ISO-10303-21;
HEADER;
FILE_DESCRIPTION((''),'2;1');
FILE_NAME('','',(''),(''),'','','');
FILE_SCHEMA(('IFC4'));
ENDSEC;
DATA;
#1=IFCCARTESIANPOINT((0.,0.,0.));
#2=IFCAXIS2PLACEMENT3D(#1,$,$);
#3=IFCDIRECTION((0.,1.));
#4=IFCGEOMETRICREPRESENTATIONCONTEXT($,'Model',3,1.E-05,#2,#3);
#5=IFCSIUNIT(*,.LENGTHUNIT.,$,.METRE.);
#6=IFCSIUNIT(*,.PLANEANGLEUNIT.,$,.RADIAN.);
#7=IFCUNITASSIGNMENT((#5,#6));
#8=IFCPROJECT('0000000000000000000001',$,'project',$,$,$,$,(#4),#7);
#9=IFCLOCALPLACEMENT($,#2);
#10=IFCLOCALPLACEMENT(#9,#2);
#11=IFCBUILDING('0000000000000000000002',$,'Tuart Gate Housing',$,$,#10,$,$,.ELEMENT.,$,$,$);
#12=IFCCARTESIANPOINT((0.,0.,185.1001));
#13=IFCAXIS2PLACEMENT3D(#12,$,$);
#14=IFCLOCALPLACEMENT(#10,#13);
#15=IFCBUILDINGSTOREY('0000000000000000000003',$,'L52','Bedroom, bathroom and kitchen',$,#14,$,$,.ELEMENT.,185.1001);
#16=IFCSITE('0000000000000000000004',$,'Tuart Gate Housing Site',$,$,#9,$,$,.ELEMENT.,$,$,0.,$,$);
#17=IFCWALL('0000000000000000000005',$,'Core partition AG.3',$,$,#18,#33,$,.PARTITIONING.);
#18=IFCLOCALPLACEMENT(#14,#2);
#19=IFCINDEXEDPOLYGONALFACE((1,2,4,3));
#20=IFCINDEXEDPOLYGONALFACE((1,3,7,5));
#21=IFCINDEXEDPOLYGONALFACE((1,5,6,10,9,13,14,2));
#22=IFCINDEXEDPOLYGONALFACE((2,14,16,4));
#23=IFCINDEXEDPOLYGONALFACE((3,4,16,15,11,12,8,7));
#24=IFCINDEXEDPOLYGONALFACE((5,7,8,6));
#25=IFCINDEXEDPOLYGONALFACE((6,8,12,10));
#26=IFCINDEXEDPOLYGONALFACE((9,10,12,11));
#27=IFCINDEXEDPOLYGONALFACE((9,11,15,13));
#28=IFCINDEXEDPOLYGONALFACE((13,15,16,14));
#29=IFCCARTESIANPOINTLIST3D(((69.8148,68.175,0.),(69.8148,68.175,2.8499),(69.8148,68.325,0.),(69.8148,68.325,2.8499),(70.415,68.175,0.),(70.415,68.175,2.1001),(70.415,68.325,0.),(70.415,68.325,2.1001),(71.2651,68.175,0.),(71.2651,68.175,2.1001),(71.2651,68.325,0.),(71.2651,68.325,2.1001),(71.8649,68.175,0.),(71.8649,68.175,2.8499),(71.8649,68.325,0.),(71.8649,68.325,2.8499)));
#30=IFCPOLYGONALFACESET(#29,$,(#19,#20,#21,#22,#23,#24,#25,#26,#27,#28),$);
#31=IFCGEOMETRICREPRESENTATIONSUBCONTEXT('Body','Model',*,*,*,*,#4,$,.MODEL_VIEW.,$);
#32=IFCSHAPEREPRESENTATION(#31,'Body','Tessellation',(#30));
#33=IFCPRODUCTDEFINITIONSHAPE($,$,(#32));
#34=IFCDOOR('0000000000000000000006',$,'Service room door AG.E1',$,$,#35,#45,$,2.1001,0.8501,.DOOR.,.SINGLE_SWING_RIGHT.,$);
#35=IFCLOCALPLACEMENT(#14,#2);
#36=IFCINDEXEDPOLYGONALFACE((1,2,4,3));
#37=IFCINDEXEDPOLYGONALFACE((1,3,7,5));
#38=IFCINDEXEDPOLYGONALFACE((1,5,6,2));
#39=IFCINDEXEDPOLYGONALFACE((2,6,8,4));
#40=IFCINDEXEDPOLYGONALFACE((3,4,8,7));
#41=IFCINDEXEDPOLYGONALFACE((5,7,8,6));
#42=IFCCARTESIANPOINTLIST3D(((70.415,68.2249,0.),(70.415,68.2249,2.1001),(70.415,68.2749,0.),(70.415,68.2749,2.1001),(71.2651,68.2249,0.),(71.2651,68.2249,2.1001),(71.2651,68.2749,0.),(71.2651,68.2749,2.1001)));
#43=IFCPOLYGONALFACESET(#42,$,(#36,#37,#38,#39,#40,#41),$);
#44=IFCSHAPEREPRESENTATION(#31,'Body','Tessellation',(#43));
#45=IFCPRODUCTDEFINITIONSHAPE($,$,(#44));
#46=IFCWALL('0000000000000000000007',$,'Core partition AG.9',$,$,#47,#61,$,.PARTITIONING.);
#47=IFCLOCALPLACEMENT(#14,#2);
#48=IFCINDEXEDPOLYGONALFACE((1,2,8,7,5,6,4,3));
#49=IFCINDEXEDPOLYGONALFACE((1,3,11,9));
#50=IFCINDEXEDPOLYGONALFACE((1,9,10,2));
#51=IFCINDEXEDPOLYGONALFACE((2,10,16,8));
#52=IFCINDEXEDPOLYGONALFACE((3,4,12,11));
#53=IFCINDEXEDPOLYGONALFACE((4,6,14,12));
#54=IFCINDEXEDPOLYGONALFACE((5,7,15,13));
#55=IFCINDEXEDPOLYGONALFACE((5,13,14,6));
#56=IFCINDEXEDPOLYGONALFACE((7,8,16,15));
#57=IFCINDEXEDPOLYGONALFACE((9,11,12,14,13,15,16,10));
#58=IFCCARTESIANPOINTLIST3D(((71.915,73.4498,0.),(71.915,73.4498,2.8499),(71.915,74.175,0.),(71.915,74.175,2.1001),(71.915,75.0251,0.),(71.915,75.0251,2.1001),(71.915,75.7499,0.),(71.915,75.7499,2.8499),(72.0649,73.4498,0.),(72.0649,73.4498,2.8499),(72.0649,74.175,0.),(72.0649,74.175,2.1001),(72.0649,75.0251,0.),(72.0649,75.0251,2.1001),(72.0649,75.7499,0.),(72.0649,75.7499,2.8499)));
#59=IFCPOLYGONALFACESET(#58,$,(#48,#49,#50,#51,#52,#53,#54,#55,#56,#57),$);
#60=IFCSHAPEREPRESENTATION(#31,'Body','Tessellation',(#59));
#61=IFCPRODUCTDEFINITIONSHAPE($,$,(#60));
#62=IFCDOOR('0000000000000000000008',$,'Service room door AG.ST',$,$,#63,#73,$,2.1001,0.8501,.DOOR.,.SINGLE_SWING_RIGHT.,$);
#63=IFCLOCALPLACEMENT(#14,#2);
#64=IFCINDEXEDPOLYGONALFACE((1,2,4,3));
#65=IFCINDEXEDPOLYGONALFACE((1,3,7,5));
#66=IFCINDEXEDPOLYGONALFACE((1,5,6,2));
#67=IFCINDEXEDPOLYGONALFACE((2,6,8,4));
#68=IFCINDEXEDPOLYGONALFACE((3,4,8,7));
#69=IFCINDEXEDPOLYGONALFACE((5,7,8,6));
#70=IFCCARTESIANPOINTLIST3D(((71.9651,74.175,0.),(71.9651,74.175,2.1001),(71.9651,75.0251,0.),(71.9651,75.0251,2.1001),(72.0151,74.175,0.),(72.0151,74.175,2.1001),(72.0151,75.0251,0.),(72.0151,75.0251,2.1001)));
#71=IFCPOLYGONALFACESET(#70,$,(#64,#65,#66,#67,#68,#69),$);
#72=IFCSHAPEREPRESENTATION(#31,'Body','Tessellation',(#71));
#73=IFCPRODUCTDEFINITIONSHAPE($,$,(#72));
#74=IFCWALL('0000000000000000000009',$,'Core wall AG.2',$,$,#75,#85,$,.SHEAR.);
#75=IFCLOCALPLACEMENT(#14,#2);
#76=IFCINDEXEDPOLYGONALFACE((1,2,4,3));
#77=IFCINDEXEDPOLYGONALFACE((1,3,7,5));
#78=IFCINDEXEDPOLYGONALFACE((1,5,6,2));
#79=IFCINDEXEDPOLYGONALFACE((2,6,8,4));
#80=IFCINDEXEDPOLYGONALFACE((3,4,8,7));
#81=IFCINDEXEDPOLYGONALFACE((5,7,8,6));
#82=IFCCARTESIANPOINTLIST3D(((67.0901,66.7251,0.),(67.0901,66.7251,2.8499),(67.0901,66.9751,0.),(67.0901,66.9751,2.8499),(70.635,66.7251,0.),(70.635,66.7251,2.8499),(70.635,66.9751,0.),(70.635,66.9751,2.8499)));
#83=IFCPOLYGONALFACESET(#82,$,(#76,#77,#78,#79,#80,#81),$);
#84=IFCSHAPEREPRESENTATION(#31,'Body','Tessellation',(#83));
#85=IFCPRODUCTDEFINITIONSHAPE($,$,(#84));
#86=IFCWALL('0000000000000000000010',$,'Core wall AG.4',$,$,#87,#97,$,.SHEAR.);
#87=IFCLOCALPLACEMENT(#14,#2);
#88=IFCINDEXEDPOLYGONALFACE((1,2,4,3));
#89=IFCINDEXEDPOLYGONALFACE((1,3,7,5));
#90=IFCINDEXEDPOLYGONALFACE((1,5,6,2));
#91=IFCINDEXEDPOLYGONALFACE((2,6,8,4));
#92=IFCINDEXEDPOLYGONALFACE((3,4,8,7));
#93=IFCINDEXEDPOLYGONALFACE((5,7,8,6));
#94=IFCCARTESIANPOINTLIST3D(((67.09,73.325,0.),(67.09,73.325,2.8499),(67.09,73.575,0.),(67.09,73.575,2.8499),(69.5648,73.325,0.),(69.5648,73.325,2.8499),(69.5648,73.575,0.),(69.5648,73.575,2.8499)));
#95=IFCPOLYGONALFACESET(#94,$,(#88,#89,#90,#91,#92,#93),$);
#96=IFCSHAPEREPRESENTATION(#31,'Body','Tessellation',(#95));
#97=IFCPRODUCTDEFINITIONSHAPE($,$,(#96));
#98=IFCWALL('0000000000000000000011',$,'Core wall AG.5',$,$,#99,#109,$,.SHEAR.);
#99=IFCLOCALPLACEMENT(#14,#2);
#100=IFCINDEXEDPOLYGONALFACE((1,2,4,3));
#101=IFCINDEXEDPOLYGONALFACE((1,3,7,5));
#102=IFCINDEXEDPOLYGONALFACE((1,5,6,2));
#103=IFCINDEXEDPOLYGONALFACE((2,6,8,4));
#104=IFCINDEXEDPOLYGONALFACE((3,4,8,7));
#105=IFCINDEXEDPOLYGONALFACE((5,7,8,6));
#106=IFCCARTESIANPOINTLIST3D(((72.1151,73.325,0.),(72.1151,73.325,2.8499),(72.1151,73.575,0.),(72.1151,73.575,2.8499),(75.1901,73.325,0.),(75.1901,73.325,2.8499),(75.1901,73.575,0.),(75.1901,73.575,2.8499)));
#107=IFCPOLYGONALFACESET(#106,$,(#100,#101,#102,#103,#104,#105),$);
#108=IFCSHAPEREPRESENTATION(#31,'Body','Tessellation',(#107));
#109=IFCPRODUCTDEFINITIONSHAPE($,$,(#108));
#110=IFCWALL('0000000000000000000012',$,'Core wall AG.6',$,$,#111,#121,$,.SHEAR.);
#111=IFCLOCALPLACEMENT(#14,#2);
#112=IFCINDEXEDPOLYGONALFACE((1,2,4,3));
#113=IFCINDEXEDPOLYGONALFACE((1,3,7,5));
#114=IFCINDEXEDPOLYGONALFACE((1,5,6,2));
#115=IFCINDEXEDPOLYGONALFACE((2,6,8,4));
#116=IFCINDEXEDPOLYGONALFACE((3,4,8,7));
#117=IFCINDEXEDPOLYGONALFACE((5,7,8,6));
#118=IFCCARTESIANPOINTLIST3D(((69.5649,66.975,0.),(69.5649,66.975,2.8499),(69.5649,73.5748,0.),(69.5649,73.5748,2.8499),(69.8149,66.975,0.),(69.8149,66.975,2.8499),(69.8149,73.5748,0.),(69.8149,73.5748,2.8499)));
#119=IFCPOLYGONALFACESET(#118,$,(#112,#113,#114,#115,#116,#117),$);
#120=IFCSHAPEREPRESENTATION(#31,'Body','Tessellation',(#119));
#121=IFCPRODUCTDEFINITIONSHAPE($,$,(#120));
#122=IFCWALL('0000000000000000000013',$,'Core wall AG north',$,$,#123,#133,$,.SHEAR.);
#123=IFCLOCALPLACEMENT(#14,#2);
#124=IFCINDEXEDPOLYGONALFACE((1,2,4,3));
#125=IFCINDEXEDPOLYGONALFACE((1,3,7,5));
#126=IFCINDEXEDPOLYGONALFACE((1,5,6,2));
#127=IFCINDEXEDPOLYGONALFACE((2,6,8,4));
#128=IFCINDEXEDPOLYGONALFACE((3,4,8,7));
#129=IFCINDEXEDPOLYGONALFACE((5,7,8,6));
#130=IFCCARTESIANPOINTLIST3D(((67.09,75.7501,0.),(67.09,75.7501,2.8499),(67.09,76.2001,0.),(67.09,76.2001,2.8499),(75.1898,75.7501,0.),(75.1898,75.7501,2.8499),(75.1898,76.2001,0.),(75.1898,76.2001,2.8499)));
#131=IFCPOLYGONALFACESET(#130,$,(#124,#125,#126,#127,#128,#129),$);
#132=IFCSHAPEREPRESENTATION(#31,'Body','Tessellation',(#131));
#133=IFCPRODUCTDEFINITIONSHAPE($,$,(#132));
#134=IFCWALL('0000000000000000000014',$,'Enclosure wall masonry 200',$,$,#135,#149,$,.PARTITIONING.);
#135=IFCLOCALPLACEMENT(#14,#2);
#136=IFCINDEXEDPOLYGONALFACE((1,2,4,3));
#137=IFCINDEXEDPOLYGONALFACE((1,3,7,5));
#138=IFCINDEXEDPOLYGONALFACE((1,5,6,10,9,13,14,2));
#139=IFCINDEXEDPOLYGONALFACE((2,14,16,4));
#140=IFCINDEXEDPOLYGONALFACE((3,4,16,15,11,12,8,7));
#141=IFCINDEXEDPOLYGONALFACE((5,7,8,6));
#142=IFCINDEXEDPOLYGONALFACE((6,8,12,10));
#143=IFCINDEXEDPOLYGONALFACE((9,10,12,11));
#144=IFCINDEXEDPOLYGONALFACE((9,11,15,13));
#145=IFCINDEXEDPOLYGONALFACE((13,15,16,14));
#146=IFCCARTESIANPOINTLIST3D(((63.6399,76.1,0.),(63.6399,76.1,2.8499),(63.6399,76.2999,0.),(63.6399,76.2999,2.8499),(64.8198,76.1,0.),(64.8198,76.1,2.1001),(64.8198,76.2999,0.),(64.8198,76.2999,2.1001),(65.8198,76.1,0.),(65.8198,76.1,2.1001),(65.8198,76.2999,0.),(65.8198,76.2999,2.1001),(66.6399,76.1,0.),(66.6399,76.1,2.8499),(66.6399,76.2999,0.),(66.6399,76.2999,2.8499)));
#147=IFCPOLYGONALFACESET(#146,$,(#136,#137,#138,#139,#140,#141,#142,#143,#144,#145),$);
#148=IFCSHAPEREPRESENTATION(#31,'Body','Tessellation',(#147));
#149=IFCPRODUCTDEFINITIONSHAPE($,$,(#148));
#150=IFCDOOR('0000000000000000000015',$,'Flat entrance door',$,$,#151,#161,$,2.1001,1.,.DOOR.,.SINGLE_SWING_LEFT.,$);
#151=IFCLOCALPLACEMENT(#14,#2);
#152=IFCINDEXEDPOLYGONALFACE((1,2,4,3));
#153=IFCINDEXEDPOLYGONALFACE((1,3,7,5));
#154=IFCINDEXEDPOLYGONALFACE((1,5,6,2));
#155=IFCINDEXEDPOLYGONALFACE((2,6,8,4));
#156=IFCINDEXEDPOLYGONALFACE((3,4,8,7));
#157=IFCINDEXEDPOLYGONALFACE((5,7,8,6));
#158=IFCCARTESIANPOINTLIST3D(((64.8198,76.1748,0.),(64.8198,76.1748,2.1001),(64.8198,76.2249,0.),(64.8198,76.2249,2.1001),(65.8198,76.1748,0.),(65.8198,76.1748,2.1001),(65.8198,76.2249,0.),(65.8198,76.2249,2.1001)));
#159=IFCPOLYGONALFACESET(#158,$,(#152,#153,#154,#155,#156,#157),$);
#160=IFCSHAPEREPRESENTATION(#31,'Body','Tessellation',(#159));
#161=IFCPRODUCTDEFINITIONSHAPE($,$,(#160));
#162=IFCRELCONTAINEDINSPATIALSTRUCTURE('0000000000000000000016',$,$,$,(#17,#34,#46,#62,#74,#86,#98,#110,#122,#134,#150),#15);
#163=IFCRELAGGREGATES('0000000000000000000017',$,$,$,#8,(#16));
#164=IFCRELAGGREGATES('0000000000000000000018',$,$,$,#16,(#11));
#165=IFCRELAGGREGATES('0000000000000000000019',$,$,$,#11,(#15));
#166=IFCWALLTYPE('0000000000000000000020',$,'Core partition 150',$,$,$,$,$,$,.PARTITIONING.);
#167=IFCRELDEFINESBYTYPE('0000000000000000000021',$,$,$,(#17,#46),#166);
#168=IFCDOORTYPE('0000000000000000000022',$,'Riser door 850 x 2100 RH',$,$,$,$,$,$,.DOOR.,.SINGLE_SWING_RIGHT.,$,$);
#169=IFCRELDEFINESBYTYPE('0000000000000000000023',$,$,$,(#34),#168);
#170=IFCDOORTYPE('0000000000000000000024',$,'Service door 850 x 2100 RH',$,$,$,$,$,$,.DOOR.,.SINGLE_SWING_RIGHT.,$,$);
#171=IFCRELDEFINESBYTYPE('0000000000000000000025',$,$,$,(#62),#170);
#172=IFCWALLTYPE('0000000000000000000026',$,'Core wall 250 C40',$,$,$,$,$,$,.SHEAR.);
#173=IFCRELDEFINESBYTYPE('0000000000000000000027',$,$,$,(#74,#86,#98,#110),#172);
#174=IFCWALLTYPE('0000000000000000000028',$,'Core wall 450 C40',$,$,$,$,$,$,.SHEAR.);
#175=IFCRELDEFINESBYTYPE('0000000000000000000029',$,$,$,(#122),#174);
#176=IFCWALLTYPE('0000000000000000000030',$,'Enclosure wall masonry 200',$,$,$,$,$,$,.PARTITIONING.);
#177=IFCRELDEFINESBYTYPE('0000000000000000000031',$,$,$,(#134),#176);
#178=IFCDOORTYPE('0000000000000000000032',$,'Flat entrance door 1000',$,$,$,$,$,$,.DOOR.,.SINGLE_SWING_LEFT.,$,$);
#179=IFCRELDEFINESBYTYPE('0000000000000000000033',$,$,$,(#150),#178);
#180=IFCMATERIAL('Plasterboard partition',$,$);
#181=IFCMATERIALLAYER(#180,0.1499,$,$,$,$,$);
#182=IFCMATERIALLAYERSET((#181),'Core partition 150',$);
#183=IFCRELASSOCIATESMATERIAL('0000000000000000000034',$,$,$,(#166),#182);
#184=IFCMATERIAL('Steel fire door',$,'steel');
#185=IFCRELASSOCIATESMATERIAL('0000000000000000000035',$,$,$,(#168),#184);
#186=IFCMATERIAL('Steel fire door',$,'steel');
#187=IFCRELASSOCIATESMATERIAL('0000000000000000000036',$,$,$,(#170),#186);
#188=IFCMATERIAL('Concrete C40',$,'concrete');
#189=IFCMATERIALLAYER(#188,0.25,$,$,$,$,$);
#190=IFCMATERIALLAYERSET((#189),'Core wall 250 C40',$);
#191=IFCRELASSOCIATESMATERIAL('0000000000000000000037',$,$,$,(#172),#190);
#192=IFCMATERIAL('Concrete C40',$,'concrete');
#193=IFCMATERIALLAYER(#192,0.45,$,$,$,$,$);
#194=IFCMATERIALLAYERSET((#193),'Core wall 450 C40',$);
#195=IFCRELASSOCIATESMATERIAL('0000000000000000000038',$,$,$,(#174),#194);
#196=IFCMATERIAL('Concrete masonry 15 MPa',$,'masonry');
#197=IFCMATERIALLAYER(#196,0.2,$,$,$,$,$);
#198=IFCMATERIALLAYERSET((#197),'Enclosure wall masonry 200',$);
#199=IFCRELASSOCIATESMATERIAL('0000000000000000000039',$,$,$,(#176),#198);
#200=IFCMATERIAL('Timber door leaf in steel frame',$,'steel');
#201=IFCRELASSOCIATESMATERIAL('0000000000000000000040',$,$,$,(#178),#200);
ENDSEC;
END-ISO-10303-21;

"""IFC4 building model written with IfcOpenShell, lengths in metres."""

from ifc_helpers import new_model, si_unit, direction, frame, frame_2d, origin, place, context, subcontext, project, spatial, rectangle, extrude, material, layer, layer_set, type_object, element, fill, save


model = new_model("IFC4")

# Units and contexts
model_context = context("Model", 3, precision=1e-05, world=origin(), true_north=direction((0.0, 1.0)))
body_context = subcontext(model_context, "Body", "Model", "MODEL_VIEW")
ifc_project = project(units=[si_unit("LENGTHUNIT", "METRE"), si_unit("PLANEANGLEUNIT", "RADIAN")], contexts=[model_context])

# Site, building, storey
site_placement = place(None, origin())
site = spatial("IfcSite", under=ifc_project, at=site_placement, Name="Tuart Gate Housing Site", CompositionType="ELEMENT", RefElevation=0.0)
building_placement = place(site_placement, origin())
building = spatial("IfcBuilding", under=site, at=building_placement, Name="Tuart Gate Housing", CompositionType="ELEMENT")
storey_placement = place(building_placement, frame((0.0, 0.0, 185.1001)))
storey = spatial("IfcBuildingStorey", under=building, at=storey_placement, Name="L52", Description="Bedroom, bathroom and kitchen", CompositionType="ELEMENT", Elevation=185.1001)

# Walls, openings, doors
ifc_material_1 = material(Name="Plasterboard partition")
ifc_layer_1 = layer(ifc_material_1, 0.1499)
ifc_layer_set_1 = layer_set([ifc_layer_1], Name="Core partition 150")
wall_type_1 = type_object("IfcWallType", Name="Core partition 150", PredefinedType="PARTITIONING", material=ifc_layer_set_1)
wall_1_placement = place(storey_placement, frame((69.8149, 68.25, 0.0), z_axis=(0.0, 0.0, 1.0), x_axis=(1.0, 0.0, 0.0)))
wall_1 = element("IfcWall", 1, at=wall_1_placement, inside=storey, type_object=wall_type_1, Name="Core partition AG.3", PredefinedType="PARTITIONING", context=body_context, shape_type="SweptSolid", body=[
    extrude(rectangle(XDim=2.05, YDim=0.1499, at=frame_2d((1.0249, 0.0))), origin(), (0.0, 0.0, 1.0), 2.8499),
])
opening_1_placement = place(wall_1_placement, frame((0.6001, 0.0, 0.0)))
opening_1 = element("IfcOpeningElement", 2, at=opening_1_placement, cuts=wall_1, PredefinedType="OPENING", context=body_context, shape_type="SweptSolid", body=[
    extrude(rectangle(XDim=0.8501, YDim=2.1001, at=frame_2d((0.425, 1.05))), frame((0.0, 0.085, 0.0), z_axis=(0.0, -1.0, 0.0), x_axis=(1.0, 0.0, 0.0)), (0.0, 0.0, 1.0), 0.1699),
])
ifc_material_2 = material(Name="Steel fire door", Category="steel")
door_type_1 = type_object("IfcDoorType", Name="Riser door 850 x 2100 RH", OperationType="SINGLE_SWING_RIGHT", PredefinedType="DOOR", material=ifc_material_2)
door_1_placement = place(opening_1_placement, frame((0.8501, 0.0, 0.0), z_axis=(0.0, 0.0, 1.0), x_axis=(-1.0, 0.0, 0.0)))
door_1 = element("IfcDoor", 3, at=door_1_placement, inside=storey, type_object=door_type_1, Name="Service room door AG.E1", OperationType="SINGLE_SWING_RIGHT", OverallHeight=2.1001, OverallWidth=0.8501, PredefinedType="DOOR", context=body_context, shape_type="SweptSolid", body=[
    extrude(rectangle(XDim=0.8501, YDim=2.1001, at=frame_2d((0.425, 1.05))), frame((0.0, 0.0251, 0.0), z_axis=(0.0, -1.0, 0.0), x_axis=(1.0, 0.0, 0.0)), (0.0, 0.0, 1.0), 0.05),
])
fill(opening_1, door_1)
wall_2_placement = place(storey_placement, frame((71.99, 73.45, 0.0), z_axis=(0.0, 0.0, 1.0), x_axis=(0.0, 1.0, 0.0)))
wall_2 = element("IfcWall", 4, at=wall_2_placement, inside=storey, type_object=wall_type_1, Name="Core partition AG.9", PredefinedType="PARTITIONING", context=body_context, shape_type="SweptSolid", body=[
    extrude(rectangle(XDim=2.3, YDim=0.1499, at=frame_2d((1.1499, 0.0))), origin(), (0.0, 0.0, 1.0), 2.8499),
])
opening_2_placement = place(wall_2_placement, frame((0.7251, 0.0, 0.0)))
opening_2 = element("IfcOpeningElement", 5, at=opening_2_placement, cuts=wall_2, PredefinedType="OPENING", context=body_context, shape_type="SweptSolid", body=[
    extrude(rectangle(XDim=0.8501, YDim=2.1001, at=frame_2d((0.425, 1.05))), frame((0.0, 0.085, 0.0), z_axis=(0.0, -1.0, 0.0), x_axis=(1.0, 0.0, 0.0)), (0.0, 0.0, 1.0), 0.1699),
])
ifc_material_3 = material(Name="Steel fire door", Category="steel")
door_type_2 = type_object("IfcDoorType", Name="Service door 850 x 2100 RH", OperationType="SINGLE_SWING_RIGHT", PredefinedType="DOOR", material=ifc_material_3)
door_2_placement = place(opening_2_placement, frame((0.8501, 0.0, 0.0), z_axis=(0.0, 0.0, 1.0), x_axis=(-1.0, 0.0, 0.0)))
door_2 = element("IfcDoor", 6, at=door_2_placement, inside=storey, type_object=door_type_2, Name="Service room door AG.ST", OperationType="SINGLE_SWING_RIGHT", OverallHeight=2.1001, OverallWidth=0.8501, PredefinedType="DOOR", context=body_context, shape_type="SweptSolid", body=[
    extrude(rectangle(XDim=0.8501, YDim=2.1001, at=frame_2d((0.425, 1.05))), frame((0.0, 0.0251, 0.0), z_axis=(0.0, -1.0, 0.0), x_axis=(1.0, 0.0, 0.0)), (0.0, 0.0, 1.0), 0.05),
])
fill(opening_2, door_2)

# Walls
ifc_material_4 = material(Name="Concrete C40", Category="concrete")
ifc_layer_2 = layer(ifc_material_4, 0.25)
ifc_layer_set_2 = layer_set([ifc_layer_2], Name="Core wall 250 C40")
wall_type_2 = type_object("IfcWallType", Name="Core wall 250 C40", PredefinedType="SHEAR", material=ifc_layer_set_2)
wall_3_placement = place(storey_placement, frame((67.0901, 66.8501, 0.0), z_axis=(0.0, 0.0, 1.0), x_axis=(1.0, 0.0, 0.0)))
element("IfcWall", 7, at=wall_3_placement, inside=storey, type_object=wall_type_2, Name="Core wall AG.2", PredefinedType="SHEAR", context=body_context, shape_type="SweptSolid", body=[
    extrude(rectangle(XDim=3.5449, YDim=0.25, at=frame_2d((1.7725, 0.0))), origin(), (0.0, 0.0, 1.0), 2.8499),
])
wall_4_placement = place(storey_placement, frame((67.0901, 73.45, 0.0), z_axis=(0.0, 0.0, 1.0), x_axis=(1.0, 0.0, 0.0)))
element("IfcWall", 8, at=wall_4_placement, inside=storey, type_object=wall_type_2, Name="Core wall AG.4", PredefinedType="SHEAR", context=body_context, shape_type="SweptSolid", body=[
    extrude(rectangle(XDim=2.4749, YDim=0.25, at=frame_2d((1.2373, 0.0))), origin(), (0.0, 0.0, 1.0), 2.8499),
])
wall_5_placement = place(storey_placement, frame((72.115, 73.45, 0.0), z_axis=(0.0, 0.0, 1.0), x_axis=(1.0, 0.0, 0.0)))
element("IfcWall", 9, at=wall_5_placement, inside=storey, type_object=wall_type_2, Name="Core wall AG.5", PredefinedType="SHEAR", context=body_context, shape_type="SweptSolid", body=[
    extrude(rectangle(XDim=3.075, YDim=0.25, at=frame_2d((1.5376, 0.0))), origin(), (0.0, 0.0, 1.0), 2.8499),
])
wall_6_placement = place(storey_placement, frame((69.6899, 66.9751, 0.0), z_axis=(0.0, 0.0, 1.0), x_axis=(0.0, 1.0, 0.0)))
element("IfcWall", 10, at=wall_6_placement, inside=storey, type_object=wall_type_2, Name="Core wall AG.6", PredefinedType="SHEAR", context=body_context, shape_type="SweptSolid", body=[
    extrude(rectangle(XDim=6.5999, YDim=0.25, at=frame_2d((3.2998, 0.0))), origin(), (0.0, 0.0, 1.0), 2.8499),
])
ifc_material_5 = material(Name="Concrete C40", Category="concrete")
ifc_layer_3 = layer(ifc_material_5, 0.45)
ifc_layer_set_3 = layer_set([ifc_layer_3], Name="Core wall 450 C40")
wall_type_3 = type_object("IfcWallType", Name="Core wall 450 C40", PredefinedType="SHEAR", material=ifc_layer_set_3)
wall_7_placement = place(storey_placement, frame((67.0901, 75.9751, 0.0), z_axis=(0.0, 0.0, 1.0), x_axis=(1.0, 0.0, 0.0)))
element("IfcWall", 11, at=wall_7_placement, inside=storey, type_object=wall_type_3, Name="Core wall AG north", PredefinedType="SHEAR", context=body_context, shape_type="SweptSolid", body=[
    extrude(rectangle(XDim=8.0999, YDim=0.45, at=frame_2d((4.0498, 0.0))), origin(), (0.0, 0.0, 1.0), 2.8499),
])

# Wall, opening, door
ifc_material_6 = material(Name="Concrete masonry 15 MPa", Category="masonry")
ifc_layer_4 = layer(ifc_material_6, 0.2)
ifc_layer_set_4 = layer_set([ifc_layer_4], Name="Enclosure wall masonry 200")
wall_type_4 = type_object("IfcWallType", Name="Enclosure wall masonry 200", PredefinedType="PARTITIONING", material=ifc_layer_set_4)
wall_8_placement = place(storey_placement, frame((63.6399, 76.2, 0.0), z_axis=(0.0, 0.0, 1.0), x_axis=(1.0, 0.0, 0.0)))
wall_8 = element("IfcWall", 12, at=wall_8_placement, inside=storey, type_object=wall_type_4, Name="Enclosure wall masonry 200", PredefinedType="PARTITIONING", context=body_context, shape_type="SweptSolid", body=[
    extrude(rectangle(XDim=3.0, YDim=0.2, at=frame_2d((1.5, 0.0))), origin(), (0.0, 0.0, 1.0), 2.8499),
])
opening_3_placement = place(wall_8_placement, frame((1.1799, 0.0, 0.0)))
opening_3 = element("IfcOpeningElement", 13, at=opening_3_placement, cuts=wall_8, PredefinedType="OPENING", context=body_context, shape_type="SweptSolid", body=[
    extrude(rectangle(XDim=1.0, YDim=2.1001, at=frame_2d((0.5, 1.05))), frame((0.0, 0.1099, 0.0), z_axis=(0.0, -1.0, 0.0), x_axis=(1.0, 0.0, 0.0)), (0.0, 0.0, 1.0), 0.22),
])
ifc_material_7 = material(Name="Timber door leaf in steel frame", Category="steel")
door_type_3 = type_object("IfcDoorType", Name="Flat entrance door 1000", OperationType="SINGLE_SWING_LEFT", PredefinedType="DOOR", material=ifc_material_7)
door_3_placement = place(opening_3_placement, origin())
door_3 = element("IfcDoor", 14, at=door_3_placement, inside=storey, type_object=door_type_3, Name="Flat entrance door", OperationType="SINGLE_SWING_LEFT", OverallHeight=2.1001, OverallWidth=1.0, PredefinedType="DOOR", context=body_context, shape_type="SweptSolid", body=[
    extrude(rectangle(XDim=1.0, YDim=2.1001, at=frame_2d((0.5, 1.05))), frame((0.0, 0.0249, 0.0), z_axis=(0.0, -1.0, 0.0), x_axis=(1.0, 0.0, 0.0)), (0.0, 0.0, 1.0), 0.05),
])
fill(opening_3, door_3)

save(model, "model.ifc")
